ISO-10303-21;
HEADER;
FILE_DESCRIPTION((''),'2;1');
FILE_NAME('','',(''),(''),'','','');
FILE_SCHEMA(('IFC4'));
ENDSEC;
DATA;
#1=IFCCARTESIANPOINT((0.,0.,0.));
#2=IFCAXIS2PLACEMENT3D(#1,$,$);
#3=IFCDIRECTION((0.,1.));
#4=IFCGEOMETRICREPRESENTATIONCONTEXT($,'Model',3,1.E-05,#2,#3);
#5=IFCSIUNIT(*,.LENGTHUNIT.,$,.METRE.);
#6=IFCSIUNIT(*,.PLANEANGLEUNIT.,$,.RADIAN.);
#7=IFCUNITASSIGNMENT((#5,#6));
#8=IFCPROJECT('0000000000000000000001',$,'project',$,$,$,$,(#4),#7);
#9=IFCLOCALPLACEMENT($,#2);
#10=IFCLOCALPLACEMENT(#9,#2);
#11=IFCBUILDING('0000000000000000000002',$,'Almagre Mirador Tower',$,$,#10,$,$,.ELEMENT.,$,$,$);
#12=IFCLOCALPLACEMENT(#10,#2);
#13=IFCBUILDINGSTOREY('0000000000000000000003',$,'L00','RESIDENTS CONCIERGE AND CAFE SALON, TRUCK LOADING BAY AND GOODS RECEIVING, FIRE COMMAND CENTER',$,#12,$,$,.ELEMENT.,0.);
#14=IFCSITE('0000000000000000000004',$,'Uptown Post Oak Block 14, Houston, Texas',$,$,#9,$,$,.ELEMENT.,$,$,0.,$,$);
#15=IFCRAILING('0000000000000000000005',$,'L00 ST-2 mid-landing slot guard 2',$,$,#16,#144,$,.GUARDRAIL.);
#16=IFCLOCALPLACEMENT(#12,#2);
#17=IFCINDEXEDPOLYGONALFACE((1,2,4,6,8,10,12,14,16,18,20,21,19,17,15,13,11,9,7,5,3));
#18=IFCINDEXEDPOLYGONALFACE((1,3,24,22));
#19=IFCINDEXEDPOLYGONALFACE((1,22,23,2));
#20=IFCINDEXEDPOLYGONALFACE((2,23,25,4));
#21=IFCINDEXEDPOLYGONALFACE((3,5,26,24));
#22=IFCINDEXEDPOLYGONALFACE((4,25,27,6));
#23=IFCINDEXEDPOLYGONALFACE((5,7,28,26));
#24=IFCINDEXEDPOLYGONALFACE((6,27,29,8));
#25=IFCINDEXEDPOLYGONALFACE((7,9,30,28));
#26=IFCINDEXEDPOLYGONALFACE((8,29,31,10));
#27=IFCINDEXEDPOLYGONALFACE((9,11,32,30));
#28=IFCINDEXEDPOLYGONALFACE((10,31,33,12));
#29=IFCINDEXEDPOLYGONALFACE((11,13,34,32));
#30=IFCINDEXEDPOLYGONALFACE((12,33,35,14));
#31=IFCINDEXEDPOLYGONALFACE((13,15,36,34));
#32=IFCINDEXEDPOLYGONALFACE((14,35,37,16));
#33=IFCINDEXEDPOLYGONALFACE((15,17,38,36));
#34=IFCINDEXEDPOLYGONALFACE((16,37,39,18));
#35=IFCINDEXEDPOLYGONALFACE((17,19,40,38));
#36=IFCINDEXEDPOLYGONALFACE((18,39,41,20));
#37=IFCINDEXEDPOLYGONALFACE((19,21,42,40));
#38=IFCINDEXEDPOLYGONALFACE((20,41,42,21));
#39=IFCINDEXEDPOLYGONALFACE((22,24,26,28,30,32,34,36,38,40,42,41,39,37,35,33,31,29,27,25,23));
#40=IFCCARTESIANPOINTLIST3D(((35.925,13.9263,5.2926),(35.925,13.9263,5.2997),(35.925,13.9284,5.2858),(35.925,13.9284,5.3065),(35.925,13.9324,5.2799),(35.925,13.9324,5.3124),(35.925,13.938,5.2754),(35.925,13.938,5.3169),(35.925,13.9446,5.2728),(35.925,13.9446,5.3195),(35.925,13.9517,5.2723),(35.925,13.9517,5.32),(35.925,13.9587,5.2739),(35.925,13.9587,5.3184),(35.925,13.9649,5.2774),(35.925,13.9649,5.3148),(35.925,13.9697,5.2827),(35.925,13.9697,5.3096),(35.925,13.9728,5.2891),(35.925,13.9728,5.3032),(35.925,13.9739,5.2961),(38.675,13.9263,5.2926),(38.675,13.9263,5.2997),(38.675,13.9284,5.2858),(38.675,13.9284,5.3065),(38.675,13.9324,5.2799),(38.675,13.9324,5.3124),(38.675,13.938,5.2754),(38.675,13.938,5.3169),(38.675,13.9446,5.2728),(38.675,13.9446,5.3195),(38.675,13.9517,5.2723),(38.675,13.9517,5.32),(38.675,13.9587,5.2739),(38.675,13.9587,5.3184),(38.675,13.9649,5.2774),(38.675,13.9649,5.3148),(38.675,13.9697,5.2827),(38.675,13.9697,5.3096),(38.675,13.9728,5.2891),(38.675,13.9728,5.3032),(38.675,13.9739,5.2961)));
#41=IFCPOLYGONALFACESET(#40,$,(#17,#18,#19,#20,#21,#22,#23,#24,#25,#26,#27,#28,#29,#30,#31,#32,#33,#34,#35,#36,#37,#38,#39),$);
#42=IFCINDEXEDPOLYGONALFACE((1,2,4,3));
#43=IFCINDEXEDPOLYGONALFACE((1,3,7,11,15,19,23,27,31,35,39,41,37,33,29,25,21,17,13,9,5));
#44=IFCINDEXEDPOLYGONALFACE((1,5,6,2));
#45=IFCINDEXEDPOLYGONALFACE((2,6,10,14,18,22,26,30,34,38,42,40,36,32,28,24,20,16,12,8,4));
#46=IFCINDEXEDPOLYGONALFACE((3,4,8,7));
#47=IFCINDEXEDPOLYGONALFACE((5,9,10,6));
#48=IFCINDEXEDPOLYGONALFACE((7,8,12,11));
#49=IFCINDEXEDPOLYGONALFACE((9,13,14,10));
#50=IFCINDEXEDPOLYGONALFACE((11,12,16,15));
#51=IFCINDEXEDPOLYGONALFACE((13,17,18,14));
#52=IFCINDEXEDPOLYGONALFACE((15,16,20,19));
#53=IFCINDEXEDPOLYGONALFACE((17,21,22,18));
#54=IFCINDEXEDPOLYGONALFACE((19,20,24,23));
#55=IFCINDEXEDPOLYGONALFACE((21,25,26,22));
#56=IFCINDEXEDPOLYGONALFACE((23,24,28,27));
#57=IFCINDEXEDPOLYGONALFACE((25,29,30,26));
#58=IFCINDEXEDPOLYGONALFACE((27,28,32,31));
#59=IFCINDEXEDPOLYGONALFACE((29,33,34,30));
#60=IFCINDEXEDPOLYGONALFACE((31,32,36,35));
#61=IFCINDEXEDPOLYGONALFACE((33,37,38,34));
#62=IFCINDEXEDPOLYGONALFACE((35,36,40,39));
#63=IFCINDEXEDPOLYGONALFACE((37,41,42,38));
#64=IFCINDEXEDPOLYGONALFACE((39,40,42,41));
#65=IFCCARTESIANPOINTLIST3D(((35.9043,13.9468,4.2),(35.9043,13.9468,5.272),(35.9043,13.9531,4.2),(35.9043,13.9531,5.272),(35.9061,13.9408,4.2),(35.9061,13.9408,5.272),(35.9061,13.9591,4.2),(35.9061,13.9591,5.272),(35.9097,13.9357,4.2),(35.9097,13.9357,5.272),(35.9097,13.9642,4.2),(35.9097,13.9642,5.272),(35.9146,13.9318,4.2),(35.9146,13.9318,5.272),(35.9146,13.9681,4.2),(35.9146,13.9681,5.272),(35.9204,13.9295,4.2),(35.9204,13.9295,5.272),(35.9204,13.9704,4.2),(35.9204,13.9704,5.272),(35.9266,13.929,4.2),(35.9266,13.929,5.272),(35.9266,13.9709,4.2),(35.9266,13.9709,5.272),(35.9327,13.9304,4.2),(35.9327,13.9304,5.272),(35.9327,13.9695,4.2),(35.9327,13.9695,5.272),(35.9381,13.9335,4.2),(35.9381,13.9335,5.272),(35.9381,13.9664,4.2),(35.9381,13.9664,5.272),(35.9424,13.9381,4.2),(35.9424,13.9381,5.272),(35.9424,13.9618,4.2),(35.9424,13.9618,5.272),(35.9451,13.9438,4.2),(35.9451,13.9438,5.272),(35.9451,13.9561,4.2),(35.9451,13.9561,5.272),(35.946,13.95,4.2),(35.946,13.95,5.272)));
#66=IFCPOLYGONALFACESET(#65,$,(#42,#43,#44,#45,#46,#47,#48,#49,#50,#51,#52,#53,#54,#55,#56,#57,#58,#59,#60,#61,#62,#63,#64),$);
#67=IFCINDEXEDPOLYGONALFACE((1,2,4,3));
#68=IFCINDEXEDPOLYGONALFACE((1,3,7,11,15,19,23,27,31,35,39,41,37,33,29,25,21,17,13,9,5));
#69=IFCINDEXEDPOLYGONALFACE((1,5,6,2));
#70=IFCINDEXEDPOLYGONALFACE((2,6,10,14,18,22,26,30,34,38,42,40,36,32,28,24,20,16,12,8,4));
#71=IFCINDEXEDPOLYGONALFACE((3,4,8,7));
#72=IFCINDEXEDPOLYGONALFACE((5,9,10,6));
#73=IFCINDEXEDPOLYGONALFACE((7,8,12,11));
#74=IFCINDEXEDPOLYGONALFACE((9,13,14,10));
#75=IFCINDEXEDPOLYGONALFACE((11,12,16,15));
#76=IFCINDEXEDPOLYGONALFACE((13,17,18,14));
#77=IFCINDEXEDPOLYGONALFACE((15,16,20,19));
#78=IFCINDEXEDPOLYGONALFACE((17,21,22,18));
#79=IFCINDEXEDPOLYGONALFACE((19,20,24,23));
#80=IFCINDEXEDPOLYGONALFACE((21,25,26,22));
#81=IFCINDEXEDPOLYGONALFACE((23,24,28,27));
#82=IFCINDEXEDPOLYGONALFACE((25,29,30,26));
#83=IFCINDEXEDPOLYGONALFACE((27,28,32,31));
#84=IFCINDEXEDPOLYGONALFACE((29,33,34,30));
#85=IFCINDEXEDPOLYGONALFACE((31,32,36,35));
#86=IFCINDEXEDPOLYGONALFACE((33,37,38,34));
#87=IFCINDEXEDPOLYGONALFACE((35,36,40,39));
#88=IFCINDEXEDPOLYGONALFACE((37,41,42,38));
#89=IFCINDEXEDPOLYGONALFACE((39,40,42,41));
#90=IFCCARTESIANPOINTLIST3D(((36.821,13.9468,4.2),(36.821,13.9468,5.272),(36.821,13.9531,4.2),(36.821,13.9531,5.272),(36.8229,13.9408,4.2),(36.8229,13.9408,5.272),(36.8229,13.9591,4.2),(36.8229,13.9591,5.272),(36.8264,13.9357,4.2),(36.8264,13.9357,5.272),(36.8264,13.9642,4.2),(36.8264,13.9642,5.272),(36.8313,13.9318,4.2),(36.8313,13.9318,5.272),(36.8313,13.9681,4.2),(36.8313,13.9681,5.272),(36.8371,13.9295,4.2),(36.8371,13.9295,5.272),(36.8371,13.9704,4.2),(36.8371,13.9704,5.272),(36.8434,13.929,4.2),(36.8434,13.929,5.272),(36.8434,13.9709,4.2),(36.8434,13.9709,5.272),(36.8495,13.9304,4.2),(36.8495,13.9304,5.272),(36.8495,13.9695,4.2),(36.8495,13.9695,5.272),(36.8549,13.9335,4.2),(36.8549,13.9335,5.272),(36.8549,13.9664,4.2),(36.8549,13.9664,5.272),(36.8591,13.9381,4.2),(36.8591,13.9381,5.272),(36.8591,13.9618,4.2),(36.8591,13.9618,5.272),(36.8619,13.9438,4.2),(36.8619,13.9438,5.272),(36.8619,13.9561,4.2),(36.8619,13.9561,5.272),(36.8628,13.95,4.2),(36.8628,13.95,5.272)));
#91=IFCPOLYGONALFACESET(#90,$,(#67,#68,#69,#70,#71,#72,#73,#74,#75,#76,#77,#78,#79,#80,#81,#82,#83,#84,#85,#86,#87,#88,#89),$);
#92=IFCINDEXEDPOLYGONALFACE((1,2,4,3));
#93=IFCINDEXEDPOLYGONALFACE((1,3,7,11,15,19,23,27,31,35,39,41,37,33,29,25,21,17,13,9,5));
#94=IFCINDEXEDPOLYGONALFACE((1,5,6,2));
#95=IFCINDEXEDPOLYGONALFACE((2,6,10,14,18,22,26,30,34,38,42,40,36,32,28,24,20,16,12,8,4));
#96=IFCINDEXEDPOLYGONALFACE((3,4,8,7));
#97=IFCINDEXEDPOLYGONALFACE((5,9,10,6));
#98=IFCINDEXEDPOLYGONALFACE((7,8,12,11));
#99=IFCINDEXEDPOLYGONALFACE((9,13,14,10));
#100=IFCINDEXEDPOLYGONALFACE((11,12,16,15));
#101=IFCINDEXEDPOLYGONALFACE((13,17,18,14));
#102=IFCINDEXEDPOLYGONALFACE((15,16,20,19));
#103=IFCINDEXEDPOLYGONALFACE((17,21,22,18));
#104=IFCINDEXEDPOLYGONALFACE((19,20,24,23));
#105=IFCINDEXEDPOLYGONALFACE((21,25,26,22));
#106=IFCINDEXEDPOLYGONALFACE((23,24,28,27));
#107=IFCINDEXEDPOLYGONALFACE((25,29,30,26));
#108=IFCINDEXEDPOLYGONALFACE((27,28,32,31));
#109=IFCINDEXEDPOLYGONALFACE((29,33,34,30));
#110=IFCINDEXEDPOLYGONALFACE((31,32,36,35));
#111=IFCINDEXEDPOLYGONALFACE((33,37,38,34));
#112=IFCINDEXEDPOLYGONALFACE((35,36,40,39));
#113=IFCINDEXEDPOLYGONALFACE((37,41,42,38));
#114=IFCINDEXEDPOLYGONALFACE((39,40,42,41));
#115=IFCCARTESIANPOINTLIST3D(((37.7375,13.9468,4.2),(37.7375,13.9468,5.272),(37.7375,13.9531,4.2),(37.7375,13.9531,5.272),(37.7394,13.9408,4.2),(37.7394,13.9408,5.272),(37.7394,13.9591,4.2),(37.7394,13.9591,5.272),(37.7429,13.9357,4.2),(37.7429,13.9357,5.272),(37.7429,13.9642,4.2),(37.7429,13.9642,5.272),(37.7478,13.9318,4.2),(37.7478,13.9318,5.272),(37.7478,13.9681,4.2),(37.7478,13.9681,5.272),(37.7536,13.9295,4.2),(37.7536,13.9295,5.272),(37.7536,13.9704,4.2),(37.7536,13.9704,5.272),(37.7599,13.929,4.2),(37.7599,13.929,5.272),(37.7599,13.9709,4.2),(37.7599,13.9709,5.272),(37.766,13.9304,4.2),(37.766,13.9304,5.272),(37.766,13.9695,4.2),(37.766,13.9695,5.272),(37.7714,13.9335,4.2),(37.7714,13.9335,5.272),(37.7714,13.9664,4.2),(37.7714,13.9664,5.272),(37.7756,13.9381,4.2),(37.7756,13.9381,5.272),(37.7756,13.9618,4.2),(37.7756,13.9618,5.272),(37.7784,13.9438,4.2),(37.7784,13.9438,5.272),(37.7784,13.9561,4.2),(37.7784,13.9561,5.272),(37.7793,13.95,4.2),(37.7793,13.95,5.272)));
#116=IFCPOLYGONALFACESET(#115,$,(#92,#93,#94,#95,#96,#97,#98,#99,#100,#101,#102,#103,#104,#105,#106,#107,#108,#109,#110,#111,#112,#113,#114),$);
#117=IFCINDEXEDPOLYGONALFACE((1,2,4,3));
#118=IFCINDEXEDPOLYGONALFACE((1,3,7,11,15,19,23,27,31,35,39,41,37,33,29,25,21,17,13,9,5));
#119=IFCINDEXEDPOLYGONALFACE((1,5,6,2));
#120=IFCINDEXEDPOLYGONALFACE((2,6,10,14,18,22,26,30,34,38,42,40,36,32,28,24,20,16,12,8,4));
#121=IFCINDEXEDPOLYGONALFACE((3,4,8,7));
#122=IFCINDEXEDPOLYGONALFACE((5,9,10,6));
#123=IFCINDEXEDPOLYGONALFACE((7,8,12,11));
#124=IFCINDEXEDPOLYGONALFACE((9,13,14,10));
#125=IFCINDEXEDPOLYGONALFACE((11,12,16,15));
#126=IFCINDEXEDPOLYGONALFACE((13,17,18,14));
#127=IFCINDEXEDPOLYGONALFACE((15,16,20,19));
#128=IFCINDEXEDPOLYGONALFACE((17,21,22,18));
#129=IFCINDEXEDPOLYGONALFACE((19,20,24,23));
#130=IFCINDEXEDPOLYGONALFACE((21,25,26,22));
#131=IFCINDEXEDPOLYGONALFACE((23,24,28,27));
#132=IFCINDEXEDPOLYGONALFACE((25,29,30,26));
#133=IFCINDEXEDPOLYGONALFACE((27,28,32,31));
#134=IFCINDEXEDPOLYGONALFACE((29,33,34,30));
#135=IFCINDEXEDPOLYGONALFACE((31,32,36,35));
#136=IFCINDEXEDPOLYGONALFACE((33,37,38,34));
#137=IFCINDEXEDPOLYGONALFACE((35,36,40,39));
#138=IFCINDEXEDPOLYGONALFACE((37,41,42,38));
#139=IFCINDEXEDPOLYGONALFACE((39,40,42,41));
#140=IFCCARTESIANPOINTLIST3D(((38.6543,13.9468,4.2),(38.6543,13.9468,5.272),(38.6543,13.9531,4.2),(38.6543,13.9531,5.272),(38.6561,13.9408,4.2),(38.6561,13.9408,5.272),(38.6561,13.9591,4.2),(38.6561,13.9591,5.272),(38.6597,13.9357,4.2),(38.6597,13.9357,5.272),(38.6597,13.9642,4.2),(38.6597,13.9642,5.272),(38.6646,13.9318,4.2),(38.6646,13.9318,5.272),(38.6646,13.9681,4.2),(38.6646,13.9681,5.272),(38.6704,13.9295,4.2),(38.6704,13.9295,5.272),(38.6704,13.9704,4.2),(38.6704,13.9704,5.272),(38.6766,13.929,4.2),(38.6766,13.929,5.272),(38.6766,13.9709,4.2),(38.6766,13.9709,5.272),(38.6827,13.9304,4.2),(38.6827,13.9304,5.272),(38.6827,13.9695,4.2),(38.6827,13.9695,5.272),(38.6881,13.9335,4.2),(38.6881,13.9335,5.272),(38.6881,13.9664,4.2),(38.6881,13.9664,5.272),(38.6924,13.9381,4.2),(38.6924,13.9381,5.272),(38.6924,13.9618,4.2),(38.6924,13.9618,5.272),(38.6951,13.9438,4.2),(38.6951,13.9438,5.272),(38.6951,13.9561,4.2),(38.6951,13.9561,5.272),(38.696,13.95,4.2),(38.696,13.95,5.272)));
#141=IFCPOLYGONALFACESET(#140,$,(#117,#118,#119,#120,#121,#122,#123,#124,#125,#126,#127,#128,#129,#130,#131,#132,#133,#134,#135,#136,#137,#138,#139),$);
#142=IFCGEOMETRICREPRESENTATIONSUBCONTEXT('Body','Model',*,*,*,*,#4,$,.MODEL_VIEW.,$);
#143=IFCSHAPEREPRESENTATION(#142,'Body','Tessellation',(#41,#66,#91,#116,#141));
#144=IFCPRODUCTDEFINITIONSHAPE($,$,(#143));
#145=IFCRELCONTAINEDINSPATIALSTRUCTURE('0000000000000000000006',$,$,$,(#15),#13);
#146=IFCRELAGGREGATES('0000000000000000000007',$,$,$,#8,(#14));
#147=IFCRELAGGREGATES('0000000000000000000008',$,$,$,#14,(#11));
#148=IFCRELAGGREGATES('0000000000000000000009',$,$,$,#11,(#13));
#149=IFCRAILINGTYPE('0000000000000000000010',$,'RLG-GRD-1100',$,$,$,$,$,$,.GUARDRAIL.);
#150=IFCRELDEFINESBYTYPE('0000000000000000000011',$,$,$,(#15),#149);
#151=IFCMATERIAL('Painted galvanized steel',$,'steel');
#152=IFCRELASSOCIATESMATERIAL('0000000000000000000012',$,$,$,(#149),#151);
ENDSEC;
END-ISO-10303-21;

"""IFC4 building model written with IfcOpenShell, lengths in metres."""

from ifc_helpers import new_model, si_unit, direction, frame, origin, origin_2d, place, context, subcontext, project, spatial, circle, extrude, material, type_object, element, save


model = new_model("IFC4")

# Units and contexts
model_context = context("Model", 3, precision=1e-05, world=origin(), true_north=direction((0.0, 1.0)))
body_context = subcontext(model_context, "Body", "Model", "MODEL_VIEW")
ifc_project = project(units=[si_unit("LENGTHUNIT", "METRE"), si_unit("PLANEANGLEUNIT", "RADIAN")], contexts=[model_context])

# Site, building, storey
site_placement = place(None, origin())
site = spatial("IfcSite", under=ifc_project, at=site_placement, Name="Uptown Post Oak Block 14, Houston, Texas", CompositionType="ELEMENT", RefElevation=0.0)
building_placement = place(site_placement, origin())
building = spatial("IfcBuilding", under=site, at=building_placement, Name="Almagre Mirador Tower", CompositionType="ELEMENT")
storey_placement = place(building_placement, origin())
storey = spatial("IfcBuildingStorey", under=building, at=storey_placement, Name="L00", Description="RESIDENTS CONCIERGE AND CAFE SALON, TRUCK LOADING BAY AND GOODS RECEIVING, FIRE COMMAND CENTER", CompositionType="ELEMENT", Elevation=0.0)

# Railing
ifc_material_1 = material(Name="Painted galvanized steel", Category="steel")
railing_type = type_object("IfcRailingType", Name="RLG-GRD-1100", PredefinedType="GUARDRAIL", material=ifc_material_1)
railing_placement = place(storey_placement, frame((35.925, 13.95, 4.2)))
element("IfcRailing", 1, at=railing_placement, inside=storey, type_object=railing_type, Name="L00 ST-2 mid-landing slot guard 2", PredefinedType="GUARDRAIL", context=body_context, shape_type="SweptSolid", body=[
    extrude(circle(Radius=0.0239, at=origin_2d()), frame((0.0, 0.0, 1.0962), z_axis=(1.0, 0.0, 0.0), x_axis=(0.0, 1.0, 0.0)), (0.0, 0.0, 1.0), 2.75),
    extrude(circle(Radius=0.021, at=origin_2d()), origin(), (0.0, 0.0, 1.0), 1.072),
    extrude(circle(Radius=0.021, at=origin_2d()), frame((0.9167, 0.0, 0.0)), (0.0, 0.0, 1.0), 1.072),
    extrude(circle(Radius=0.021, at=origin_2d()), frame((1.8333, 0.0, 0.0)), (0.0, 0.0, 1.0), 1.072),
    extrude(circle(Radius=0.021, at=origin_2d()), frame((2.75, 0.0, 0.0)), (0.0, 0.0, 1.0), 1.072),
])

save(model, "model.ifc")
